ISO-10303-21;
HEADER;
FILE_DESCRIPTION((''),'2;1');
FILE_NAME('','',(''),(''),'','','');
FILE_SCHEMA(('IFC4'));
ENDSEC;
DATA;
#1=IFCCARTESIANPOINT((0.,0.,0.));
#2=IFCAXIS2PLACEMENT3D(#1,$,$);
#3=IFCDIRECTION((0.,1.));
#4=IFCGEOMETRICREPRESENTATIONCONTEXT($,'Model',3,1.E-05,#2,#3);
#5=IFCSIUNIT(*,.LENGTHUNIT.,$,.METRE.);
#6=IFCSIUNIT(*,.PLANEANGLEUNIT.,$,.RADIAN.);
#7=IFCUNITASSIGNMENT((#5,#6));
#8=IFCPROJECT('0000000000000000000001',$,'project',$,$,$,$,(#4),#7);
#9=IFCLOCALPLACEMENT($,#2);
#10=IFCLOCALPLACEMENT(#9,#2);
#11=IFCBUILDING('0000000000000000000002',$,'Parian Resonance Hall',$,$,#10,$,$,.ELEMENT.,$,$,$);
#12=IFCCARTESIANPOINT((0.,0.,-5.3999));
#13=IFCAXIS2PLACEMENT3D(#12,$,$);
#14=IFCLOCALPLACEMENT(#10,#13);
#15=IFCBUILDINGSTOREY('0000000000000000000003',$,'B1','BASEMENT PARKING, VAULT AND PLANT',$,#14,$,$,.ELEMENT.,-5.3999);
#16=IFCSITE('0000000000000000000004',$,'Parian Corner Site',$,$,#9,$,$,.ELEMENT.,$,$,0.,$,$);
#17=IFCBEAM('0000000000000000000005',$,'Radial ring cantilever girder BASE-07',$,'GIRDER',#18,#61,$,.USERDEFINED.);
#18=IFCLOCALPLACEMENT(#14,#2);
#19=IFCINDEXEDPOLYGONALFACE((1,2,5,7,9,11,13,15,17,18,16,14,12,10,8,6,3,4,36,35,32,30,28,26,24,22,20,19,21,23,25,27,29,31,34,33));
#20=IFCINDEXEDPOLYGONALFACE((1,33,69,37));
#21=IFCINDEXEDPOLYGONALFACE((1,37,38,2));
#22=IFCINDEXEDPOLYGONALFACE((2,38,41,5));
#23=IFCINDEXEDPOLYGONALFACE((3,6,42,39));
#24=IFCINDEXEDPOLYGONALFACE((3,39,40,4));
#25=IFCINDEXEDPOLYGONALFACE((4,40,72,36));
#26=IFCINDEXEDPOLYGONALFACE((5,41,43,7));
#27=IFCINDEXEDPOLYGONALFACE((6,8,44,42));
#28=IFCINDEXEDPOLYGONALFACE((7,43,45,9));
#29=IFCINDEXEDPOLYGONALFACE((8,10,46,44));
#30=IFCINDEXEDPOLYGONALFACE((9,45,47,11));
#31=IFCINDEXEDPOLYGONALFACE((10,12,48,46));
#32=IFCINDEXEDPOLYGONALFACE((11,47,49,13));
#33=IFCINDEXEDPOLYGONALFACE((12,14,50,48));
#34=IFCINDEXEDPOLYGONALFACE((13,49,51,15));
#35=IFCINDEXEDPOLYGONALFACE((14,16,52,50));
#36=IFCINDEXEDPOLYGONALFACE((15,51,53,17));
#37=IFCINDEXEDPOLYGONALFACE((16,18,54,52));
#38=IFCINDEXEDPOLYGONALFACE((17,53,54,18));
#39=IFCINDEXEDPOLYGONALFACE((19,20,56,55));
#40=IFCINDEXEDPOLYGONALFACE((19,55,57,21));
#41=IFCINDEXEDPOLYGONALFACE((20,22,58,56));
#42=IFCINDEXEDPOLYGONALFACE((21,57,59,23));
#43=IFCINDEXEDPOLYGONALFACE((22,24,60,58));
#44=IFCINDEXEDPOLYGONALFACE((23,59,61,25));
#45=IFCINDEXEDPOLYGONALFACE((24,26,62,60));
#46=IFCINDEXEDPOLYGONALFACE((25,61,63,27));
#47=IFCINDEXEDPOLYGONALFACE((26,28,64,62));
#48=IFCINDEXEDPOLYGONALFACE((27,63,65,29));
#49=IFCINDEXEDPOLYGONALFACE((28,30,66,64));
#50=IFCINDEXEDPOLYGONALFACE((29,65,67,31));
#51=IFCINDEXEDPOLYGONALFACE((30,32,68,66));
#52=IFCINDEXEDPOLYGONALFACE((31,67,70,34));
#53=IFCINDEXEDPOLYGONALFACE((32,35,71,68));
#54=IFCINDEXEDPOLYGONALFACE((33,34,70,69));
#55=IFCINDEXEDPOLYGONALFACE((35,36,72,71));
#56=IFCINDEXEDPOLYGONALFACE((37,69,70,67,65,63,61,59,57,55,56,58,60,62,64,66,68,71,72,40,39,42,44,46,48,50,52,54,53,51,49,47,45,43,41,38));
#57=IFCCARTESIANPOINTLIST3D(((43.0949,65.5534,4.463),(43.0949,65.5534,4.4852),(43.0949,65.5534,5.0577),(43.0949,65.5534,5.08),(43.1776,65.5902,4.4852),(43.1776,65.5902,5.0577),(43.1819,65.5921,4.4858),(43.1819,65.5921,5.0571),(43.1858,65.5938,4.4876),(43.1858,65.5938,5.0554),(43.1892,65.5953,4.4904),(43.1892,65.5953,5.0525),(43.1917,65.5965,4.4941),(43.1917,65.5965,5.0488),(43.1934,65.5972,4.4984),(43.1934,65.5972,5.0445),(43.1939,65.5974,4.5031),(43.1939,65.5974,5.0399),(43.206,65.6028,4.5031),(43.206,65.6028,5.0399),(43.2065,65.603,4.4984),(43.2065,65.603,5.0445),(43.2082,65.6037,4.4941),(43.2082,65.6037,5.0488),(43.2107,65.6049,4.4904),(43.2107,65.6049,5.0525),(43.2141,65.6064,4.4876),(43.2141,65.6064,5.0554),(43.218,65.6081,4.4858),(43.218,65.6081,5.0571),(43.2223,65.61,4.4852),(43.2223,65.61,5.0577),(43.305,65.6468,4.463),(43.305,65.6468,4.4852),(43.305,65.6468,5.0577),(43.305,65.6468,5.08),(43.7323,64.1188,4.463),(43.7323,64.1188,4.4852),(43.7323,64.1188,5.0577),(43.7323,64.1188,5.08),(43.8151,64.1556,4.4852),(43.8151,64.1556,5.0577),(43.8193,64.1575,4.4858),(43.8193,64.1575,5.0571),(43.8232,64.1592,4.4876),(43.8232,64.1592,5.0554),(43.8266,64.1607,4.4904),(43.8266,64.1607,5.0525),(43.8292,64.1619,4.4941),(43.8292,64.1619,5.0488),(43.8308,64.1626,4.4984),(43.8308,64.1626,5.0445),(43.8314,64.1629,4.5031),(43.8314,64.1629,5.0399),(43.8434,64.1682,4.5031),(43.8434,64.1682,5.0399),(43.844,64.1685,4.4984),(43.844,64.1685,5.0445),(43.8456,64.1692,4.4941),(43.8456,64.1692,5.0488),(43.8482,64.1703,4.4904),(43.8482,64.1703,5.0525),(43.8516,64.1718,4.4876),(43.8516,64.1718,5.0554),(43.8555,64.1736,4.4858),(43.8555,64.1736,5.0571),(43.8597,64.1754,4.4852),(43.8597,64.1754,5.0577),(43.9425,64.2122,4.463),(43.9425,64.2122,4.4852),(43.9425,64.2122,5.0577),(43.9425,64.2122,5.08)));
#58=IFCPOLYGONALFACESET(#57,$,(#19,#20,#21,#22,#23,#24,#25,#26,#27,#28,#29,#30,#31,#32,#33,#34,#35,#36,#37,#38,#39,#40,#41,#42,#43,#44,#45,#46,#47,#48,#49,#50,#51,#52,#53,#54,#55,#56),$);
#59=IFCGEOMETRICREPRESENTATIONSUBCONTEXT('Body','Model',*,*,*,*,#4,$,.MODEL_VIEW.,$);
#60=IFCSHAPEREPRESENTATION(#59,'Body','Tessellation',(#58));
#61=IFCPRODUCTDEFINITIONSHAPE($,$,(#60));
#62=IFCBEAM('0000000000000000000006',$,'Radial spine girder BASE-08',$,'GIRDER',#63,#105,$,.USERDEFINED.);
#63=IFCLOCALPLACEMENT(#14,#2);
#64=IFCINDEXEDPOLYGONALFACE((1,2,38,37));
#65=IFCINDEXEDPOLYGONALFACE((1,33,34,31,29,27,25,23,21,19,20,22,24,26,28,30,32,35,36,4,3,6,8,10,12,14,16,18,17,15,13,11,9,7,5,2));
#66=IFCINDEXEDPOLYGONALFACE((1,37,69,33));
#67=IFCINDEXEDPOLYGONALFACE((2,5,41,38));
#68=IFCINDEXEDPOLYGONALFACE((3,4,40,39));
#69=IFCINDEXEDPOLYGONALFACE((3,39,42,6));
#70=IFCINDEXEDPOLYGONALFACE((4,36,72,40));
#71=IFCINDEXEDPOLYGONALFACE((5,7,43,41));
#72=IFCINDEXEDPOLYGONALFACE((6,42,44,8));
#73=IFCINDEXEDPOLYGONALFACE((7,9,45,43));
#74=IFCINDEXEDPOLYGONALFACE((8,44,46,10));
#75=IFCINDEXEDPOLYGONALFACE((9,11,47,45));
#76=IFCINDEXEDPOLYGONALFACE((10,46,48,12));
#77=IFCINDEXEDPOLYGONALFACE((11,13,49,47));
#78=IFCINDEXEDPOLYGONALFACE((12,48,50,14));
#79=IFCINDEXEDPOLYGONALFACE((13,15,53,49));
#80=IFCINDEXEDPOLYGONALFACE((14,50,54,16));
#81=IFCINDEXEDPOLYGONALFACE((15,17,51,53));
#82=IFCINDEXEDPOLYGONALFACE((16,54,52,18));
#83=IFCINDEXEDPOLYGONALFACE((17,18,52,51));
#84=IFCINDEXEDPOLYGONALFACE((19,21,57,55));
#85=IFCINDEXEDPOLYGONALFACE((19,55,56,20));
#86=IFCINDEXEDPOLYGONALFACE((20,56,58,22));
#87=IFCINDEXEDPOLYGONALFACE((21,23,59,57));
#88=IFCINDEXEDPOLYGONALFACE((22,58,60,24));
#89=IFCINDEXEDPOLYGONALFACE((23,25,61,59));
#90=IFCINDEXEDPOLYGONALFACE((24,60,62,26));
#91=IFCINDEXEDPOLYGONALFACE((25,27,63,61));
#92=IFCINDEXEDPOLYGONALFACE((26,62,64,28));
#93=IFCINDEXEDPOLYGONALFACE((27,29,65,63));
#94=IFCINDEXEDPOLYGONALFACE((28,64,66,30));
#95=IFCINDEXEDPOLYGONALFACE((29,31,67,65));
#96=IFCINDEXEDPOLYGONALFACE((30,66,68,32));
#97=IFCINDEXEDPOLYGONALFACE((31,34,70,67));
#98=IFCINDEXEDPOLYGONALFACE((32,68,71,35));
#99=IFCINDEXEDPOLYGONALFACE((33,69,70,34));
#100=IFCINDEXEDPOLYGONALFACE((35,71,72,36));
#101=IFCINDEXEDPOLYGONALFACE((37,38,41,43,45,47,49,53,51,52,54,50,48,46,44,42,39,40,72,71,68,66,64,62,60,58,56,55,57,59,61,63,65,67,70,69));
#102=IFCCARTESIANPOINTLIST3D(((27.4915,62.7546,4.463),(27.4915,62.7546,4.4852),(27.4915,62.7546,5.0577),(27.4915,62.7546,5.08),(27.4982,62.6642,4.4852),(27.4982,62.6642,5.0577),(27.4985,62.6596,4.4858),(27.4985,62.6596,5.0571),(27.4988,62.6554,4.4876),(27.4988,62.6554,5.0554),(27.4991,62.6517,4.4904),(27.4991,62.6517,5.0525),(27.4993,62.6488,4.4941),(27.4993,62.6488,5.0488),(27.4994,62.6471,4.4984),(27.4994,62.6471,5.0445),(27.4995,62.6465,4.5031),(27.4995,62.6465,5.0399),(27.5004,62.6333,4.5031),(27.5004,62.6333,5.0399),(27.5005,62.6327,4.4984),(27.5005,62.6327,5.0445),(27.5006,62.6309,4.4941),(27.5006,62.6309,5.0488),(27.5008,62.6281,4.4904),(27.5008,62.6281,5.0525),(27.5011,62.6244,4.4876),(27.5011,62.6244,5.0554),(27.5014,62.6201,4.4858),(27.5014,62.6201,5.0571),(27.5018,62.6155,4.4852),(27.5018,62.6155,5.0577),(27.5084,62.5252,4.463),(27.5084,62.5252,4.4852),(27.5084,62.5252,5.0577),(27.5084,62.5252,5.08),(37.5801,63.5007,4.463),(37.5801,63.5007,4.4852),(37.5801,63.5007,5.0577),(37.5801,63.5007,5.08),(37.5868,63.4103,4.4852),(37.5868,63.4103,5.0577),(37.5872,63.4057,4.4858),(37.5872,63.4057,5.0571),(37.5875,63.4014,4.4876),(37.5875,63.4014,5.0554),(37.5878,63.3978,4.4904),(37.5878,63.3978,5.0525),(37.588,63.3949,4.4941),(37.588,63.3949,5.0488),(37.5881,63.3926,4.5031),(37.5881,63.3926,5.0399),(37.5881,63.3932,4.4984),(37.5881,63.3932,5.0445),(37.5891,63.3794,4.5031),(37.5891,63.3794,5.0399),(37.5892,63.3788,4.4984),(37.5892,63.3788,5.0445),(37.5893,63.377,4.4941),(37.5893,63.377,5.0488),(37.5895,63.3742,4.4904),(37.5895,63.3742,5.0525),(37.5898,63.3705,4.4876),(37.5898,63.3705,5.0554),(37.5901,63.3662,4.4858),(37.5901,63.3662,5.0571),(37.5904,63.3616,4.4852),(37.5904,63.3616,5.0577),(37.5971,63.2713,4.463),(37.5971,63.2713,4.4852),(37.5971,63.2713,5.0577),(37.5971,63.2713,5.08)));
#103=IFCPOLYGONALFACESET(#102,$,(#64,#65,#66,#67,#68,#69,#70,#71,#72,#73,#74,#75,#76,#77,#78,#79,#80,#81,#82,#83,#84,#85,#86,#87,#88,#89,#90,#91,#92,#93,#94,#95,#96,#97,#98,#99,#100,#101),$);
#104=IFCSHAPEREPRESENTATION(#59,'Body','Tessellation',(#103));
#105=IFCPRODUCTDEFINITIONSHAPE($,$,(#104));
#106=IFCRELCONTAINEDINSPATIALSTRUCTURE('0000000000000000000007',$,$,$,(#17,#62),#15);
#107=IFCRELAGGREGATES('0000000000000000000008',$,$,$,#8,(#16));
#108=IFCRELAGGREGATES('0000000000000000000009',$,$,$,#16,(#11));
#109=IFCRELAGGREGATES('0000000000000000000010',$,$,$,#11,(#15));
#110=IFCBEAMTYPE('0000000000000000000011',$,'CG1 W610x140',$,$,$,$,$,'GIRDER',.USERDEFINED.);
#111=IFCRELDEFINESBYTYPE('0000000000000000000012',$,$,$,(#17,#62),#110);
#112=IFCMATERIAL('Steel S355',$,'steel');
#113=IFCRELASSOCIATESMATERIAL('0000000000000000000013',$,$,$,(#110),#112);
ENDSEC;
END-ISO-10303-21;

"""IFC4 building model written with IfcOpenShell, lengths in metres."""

from ifc_helpers import new_model, si_unit, direction, frame, origin, origin_2d, place, context, subcontext, project, spatial, i_section, extrude, material, material_profile, profile_set, type_object, element, save


model = new_model("IFC4")

# Units and contexts
model_context = context("Model", 3, precision=1e-05, world=origin(), true_north=direction((0.0, 1.0)))
body_context = subcontext(model_context, "Body", "Model", "MODEL_VIEW")
ifc_project = project(units=[si_unit("LENGTHUNIT", "METRE"), si_unit("PLANEANGLEUNIT", "RADIAN")], contexts=[model_context])

# Site, building, storey
site_placement = place(None, origin())
site = spatial("IfcSite", under=ifc_project, at=site_placement, Name="Parian Corner Site", CompositionType="ELEMENT", RefElevation=0.0)
building_placement = place(site_placement, origin())
building = spatial("IfcBuilding", under=site, at=building_placement, Name="Parian Resonance Hall", CompositionType="ELEMENT")
storey_placement = place(building_placement, frame((0.0, 0.0, -5.3999)))
storey = spatial("IfcBuildingStorey", under=building, at=storey_placement, Name="B1", Description="BASEMENT PARKING, VAULT AND PLANT", CompositionType="ELEMENT", Elevation=-5.3999)

# Beams
ifc_material_1 = material(Name="Steel S355", Category="steel")
ifc_material_profile_1 = material_profile(ifc_material_1, i_section(OverallWidth=0.23, OverallDepth=0.6169, WebThickness=0.0132, FlangeThickness=0.0222, FilletRadius=0.0178, at=origin_2d()), Name="W610x140")
ifc_profile_set_1 = profile_set([ifc_material_profile_1], Name="Steel S355")
beam_type_1 = type_object("IfcBeamType", Name="CG1 W610x140", ElementType="GIRDER", PredefinedType="USERDEFINED", material=ifc_profile_set_1)
beam_1_placement = place(storey_placement, frame((43.8374, 64.1655, 4.7715), z_axis=(-0.406066, 0.913844, 0.0), x_axis=(-0.913844, -0.406066, 0.0)))
element("IfcBeam", 1, at=beam_1_placement, inside=storey, type_object=beam_type_1, Name="Radial ring cantilever girder BASE-07", ObjectType="GIRDER", PredefinedType="USERDEFINED", context=body_context, shape_type="SweptSolid", body=[
    extrude(i_section(OverallWidth=0.23, OverallDepth=0.6169, WebThickness=0.0132, FlangeThickness=0.0222, FilletRadius=0.0178, at=origin_2d()), origin(), (0.0, 0.0, 1.0), 1.5698),
])
beam_2_placement = place(storey_placement, frame((37.5886, 63.386, 4.7715), z_axis=(-0.997277, -0.073753, 0.0), x_axis=(0.073753, -0.997277, 0.0)))
element("IfcBeam", 2, at=beam_2_placement, inside=storey, type_object=beam_type_1, Name="Radial spine girder BASE-08", ObjectType="GIRDER", PredefinedType="USERDEFINED", context=body_context, shape_type="SweptSolid", body=[
    extrude(i_section(OverallWidth=0.23, OverallDepth=0.6169, WebThickness=0.0132, FlangeThickness=0.0222, FilletRadius=0.0178, at=origin_2d()), origin(), (0.0, 0.0, 1.0), 10.1162),
])

save(model, "model.ifc")
